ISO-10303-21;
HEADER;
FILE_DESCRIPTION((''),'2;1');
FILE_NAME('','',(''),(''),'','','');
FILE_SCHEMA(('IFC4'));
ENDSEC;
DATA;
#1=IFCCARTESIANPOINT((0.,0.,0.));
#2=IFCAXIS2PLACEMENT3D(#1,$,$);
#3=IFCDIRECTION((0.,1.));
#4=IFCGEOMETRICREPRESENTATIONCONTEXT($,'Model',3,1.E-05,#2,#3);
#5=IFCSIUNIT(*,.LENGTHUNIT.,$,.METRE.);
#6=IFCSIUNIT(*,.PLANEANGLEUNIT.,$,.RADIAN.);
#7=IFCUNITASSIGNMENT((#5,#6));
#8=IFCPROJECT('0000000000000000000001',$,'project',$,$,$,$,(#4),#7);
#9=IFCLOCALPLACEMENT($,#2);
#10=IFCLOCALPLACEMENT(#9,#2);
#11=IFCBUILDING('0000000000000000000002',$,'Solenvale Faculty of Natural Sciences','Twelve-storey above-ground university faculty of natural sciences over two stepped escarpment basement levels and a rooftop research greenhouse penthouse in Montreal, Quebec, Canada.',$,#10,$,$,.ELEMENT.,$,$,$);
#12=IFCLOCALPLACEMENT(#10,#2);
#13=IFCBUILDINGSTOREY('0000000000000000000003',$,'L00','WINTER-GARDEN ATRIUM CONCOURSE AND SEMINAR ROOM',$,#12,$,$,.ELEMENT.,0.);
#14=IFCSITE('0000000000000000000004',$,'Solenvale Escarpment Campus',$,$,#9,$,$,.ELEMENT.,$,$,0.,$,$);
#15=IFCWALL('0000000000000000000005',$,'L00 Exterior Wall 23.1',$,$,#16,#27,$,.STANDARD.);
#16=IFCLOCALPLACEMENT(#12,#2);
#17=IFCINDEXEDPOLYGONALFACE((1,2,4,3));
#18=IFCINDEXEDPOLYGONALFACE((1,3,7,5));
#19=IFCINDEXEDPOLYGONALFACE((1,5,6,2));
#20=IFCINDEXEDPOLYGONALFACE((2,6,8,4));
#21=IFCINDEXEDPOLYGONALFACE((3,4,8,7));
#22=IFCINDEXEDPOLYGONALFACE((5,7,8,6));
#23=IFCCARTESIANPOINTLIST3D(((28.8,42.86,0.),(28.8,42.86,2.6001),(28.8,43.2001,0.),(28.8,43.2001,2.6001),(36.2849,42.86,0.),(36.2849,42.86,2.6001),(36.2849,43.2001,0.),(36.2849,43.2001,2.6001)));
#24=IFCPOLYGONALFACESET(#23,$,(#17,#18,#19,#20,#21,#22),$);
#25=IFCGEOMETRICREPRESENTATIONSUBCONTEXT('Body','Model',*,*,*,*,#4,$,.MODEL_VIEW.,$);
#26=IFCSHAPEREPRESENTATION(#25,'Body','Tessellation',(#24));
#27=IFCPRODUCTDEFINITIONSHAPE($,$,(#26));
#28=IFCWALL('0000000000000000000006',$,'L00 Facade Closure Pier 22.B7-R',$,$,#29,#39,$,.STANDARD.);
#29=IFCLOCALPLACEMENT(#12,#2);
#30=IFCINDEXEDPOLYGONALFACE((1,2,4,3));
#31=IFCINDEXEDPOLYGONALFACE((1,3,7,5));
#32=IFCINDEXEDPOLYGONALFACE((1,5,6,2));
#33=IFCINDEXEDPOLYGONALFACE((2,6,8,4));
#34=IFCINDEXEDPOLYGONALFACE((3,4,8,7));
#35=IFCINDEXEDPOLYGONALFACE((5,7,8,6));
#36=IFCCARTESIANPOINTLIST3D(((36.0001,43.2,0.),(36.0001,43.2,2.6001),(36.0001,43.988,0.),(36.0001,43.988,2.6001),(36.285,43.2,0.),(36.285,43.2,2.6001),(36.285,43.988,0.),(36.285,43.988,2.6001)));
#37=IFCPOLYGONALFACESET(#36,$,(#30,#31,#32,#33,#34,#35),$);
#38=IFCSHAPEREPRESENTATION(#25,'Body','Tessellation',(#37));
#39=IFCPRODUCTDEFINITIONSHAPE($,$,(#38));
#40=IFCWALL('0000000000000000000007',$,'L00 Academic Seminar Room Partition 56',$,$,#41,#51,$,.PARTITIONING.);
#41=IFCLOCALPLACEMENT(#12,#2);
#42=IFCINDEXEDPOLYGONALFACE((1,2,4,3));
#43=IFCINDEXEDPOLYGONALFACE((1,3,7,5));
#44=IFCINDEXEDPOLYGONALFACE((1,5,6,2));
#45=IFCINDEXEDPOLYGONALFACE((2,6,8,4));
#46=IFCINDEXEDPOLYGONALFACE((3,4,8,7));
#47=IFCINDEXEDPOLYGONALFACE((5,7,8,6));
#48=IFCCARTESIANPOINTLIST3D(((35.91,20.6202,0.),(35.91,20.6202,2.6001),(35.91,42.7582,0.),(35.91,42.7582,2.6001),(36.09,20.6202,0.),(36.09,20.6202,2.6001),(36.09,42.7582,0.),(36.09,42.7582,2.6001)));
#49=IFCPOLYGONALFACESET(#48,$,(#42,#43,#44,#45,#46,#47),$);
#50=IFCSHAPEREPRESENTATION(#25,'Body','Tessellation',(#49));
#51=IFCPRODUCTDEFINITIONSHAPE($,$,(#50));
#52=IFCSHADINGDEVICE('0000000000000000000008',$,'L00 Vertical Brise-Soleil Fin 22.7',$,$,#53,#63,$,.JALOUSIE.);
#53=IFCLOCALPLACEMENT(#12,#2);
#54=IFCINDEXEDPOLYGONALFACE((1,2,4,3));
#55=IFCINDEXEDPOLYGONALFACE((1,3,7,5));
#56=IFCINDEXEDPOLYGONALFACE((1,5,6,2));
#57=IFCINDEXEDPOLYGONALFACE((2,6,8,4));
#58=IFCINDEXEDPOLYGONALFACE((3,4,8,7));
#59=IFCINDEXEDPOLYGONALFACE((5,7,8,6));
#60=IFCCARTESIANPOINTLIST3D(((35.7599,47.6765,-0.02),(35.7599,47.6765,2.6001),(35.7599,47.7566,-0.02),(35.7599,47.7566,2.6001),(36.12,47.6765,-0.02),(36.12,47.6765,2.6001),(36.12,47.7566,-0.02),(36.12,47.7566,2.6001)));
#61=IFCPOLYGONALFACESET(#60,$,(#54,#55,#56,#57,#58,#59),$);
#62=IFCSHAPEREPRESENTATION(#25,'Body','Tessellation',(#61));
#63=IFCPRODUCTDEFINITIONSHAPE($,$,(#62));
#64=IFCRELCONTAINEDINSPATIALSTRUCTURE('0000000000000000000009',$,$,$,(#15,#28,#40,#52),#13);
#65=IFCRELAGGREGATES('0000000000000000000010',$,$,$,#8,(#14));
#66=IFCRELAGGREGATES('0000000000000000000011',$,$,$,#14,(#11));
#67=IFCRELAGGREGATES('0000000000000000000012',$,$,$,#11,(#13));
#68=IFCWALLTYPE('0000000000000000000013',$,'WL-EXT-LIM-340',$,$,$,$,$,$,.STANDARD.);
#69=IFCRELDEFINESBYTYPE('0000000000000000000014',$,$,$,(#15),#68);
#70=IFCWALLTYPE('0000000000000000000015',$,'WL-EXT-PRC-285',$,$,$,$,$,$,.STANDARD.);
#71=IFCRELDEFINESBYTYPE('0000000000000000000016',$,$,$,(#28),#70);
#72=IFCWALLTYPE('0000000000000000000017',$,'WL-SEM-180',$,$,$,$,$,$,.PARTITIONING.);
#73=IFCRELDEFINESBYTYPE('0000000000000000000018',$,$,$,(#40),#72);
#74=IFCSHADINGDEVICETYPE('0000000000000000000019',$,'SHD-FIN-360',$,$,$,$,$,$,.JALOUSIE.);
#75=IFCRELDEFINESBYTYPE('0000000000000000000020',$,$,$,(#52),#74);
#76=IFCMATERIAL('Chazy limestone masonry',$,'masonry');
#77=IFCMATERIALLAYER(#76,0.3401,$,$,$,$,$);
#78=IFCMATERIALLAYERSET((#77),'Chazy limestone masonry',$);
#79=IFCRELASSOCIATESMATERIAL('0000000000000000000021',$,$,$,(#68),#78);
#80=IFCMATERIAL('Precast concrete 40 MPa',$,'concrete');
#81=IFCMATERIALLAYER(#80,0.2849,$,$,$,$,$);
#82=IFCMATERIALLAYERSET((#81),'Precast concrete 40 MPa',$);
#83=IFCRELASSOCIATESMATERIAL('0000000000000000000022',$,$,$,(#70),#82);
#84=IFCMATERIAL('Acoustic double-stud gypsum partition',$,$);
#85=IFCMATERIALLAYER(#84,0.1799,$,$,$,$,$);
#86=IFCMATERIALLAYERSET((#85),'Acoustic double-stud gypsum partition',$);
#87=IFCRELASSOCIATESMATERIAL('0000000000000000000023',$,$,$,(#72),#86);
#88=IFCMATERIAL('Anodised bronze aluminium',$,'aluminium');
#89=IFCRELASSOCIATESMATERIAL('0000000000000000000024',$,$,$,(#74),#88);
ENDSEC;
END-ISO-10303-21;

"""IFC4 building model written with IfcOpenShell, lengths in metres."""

from ifc_helpers import new_model, si_unit, direction, frame, frame_2d, origin, origin_2d, place, context, subcontext, project, spatial, rectangle, extrude, material, layer, layer_set, material_profile, profile_set, type_object, element, save


model = new_model("IFC4")

# Units and contexts
model_context = context("Model", 3, precision=1e-05, world=origin(), true_north=direction((0.0, 1.0)))
body_context = subcontext(model_context, "Body", "Model", "MODEL_VIEW")
ifc_project = project(units=[si_unit("LENGTHUNIT", "METRE"), si_unit("PLANEANGLEUNIT", "RADIAN")], contexts=[model_context])

# Site, building, storey
site_placement = place(None, origin())
site = spatial("IfcSite", under=ifc_project, at=site_placement, Name="Solenvale Escarpment Campus", CompositionType="ELEMENT", RefElevation=0.0)
building_placement = place(site_placement, origin())
building = spatial("IfcBuilding", under=site, at=building_placement, Name="Solenvale Faculty of Natural Sciences", Description="Twelve-storey above-ground university faculty of natural sciences over two stepped escarpment basement levels and a rooftop research greenhouse penthouse in Montreal, Quebec, Canada.", CompositionType="ELEMENT")
storey_placement = place(building_placement, origin())
storey = spatial("IfcBuildingStorey", under=building, at=storey_placement, Name="L00", Description="WINTER-GARDEN ATRIUM CONCOURSE AND SEMINAR ROOM", CompositionType="ELEMENT", Elevation=0.0)

# Shared definitions
ifc_material_1 = material(Name="Anodised bronze aluminium", Category="aluminium")

# Walls
ifc_material_2 = material(Name="Chazy limestone masonry", Category="masonry")
ifc_layer_1 = layer(ifc_material_2, 0.3401)
ifc_layer_set_1 = layer_set([ifc_layer_1], Name="Chazy limestone masonry")
wall_type_1 = type_object("IfcWallType", Name="WL-EXT-LIM-340", PredefinedType="STANDARD", material=ifc_layer_set_1)
wall_1_placement = place(storey_placement, frame((28.8, 43.03, 0.0), z_axis=(0.0, 0.0, 1.0), x_axis=(1.0, 0.0, 0.0)))
element("IfcWall", 1, at=wall_1_placement, inside=storey, type_object=wall_type_1, Name="L00 Exterior Wall 23.1", PredefinedType="STANDARD", context=body_context, shape_type="SweptSolid", body=[
    extrude(rectangle(XDim=7.4849, YDim=0.3401, at=frame_2d((3.7424, 0.0))), origin(), (0.0, 0.0, 1.0), 2.6001),
])
ifc_material_3 = material(Name="Precast concrete 40 MPa", Category="concrete")
ifc_layer_2 = layer(ifc_material_3, 0.2849)
ifc_layer_set_2 = layer_set([ifc_layer_2], Name="Precast concrete 40 MPa")
wall_type_2 = type_object("IfcWallType", Name="WL-EXT-PRC-285", PredefinedType="STANDARD", material=ifc_layer_set_2)
wall_2_placement = place(storey_placement, frame((36.1426, 43.988, 0.0), z_axis=(0.0, 0.0, 1.0), x_axis=(0.0, -1.0, 0.0)))
element("IfcWall", 2, at=wall_2_placement, inside=storey, type_object=wall_type_2, Name="L00 Facade Closure Pier 22.B7-R", PredefinedType="STANDARD", context=body_context, shape_type="SweptSolid", body=[
    extrude(rectangle(XDim=0.7881, YDim=0.2849, at=frame_2d((0.394, 0.0))), origin(), (0.0, 0.0, 1.0), 2.6001),
])
ifc_material_4 = material(Name="Acoustic double-stud gypsum partition")
ifc_layer_3 = layer(ifc_material_4, 0.1799)
ifc_layer_set_3 = layer_set([ifc_layer_3], Name="Acoustic double-stud gypsum partition")
wall_type_3 = type_object("IfcWallType", Name="WL-SEM-180", PredefinedType="PARTITIONING", material=ifc_layer_set_3)
wall_3_placement = place(storey_placement, frame((36.0, 42.7581, 0.0), z_axis=(0.0, 0.0, 1.0), x_axis=(0.0, -1.0, 0.0)))
element("IfcWall", 3, at=wall_3_placement, inside=storey, type_object=wall_type_3, Name="L00 Academic Seminar Room Partition 56", PredefinedType="PARTITIONING", context=body_context, shape_type="SweptSolid", body=[
    extrude(rectangle(XDim=22.1379, YDim=0.1799, at=frame_2d((11.0688, 0.0))), origin(), (0.0, 0.0, 1.0), 2.6001),
])

# Shading device
ifc_material_profile_1 = material_profile(ifc_material_1, rectangle(XDim=0.0801, YDim=0.3601, at=origin_2d()), Name="ALU-FIN-80x360")
ifc_profile_set_1 = profile_set([ifc_material_profile_1], Name="Anodised bronze aluminium")
shading_device_type = type_object("IfcShadingDeviceType", Name="SHD-FIN-360", PredefinedType="JALOUSIE", material=ifc_profile_set_1)
shading_device_placement = place(storey_placement, frame((35.9399, 47.7166, -0.02), z_axis=(0.0, 0.0, 1.0), x_axis=(0.0, 1.0, 0.0)))
element("IfcShadingDevice", 4, at=shading_device_placement, inside=storey, type_object=shading_device_type, Name="L00 Vertical Brise-Soleil Fin 22.7", PredefinedType="JALOUSIE", context=body_context, shape_type="SweptSolid", body=[
    extrude(rectangle(XDim=0.0801, YDim=0.3601, at=origin_2d()), origin(), (0.0, 0.0, 1.0), 2.6201),
])

save(model, "model.ifc")
